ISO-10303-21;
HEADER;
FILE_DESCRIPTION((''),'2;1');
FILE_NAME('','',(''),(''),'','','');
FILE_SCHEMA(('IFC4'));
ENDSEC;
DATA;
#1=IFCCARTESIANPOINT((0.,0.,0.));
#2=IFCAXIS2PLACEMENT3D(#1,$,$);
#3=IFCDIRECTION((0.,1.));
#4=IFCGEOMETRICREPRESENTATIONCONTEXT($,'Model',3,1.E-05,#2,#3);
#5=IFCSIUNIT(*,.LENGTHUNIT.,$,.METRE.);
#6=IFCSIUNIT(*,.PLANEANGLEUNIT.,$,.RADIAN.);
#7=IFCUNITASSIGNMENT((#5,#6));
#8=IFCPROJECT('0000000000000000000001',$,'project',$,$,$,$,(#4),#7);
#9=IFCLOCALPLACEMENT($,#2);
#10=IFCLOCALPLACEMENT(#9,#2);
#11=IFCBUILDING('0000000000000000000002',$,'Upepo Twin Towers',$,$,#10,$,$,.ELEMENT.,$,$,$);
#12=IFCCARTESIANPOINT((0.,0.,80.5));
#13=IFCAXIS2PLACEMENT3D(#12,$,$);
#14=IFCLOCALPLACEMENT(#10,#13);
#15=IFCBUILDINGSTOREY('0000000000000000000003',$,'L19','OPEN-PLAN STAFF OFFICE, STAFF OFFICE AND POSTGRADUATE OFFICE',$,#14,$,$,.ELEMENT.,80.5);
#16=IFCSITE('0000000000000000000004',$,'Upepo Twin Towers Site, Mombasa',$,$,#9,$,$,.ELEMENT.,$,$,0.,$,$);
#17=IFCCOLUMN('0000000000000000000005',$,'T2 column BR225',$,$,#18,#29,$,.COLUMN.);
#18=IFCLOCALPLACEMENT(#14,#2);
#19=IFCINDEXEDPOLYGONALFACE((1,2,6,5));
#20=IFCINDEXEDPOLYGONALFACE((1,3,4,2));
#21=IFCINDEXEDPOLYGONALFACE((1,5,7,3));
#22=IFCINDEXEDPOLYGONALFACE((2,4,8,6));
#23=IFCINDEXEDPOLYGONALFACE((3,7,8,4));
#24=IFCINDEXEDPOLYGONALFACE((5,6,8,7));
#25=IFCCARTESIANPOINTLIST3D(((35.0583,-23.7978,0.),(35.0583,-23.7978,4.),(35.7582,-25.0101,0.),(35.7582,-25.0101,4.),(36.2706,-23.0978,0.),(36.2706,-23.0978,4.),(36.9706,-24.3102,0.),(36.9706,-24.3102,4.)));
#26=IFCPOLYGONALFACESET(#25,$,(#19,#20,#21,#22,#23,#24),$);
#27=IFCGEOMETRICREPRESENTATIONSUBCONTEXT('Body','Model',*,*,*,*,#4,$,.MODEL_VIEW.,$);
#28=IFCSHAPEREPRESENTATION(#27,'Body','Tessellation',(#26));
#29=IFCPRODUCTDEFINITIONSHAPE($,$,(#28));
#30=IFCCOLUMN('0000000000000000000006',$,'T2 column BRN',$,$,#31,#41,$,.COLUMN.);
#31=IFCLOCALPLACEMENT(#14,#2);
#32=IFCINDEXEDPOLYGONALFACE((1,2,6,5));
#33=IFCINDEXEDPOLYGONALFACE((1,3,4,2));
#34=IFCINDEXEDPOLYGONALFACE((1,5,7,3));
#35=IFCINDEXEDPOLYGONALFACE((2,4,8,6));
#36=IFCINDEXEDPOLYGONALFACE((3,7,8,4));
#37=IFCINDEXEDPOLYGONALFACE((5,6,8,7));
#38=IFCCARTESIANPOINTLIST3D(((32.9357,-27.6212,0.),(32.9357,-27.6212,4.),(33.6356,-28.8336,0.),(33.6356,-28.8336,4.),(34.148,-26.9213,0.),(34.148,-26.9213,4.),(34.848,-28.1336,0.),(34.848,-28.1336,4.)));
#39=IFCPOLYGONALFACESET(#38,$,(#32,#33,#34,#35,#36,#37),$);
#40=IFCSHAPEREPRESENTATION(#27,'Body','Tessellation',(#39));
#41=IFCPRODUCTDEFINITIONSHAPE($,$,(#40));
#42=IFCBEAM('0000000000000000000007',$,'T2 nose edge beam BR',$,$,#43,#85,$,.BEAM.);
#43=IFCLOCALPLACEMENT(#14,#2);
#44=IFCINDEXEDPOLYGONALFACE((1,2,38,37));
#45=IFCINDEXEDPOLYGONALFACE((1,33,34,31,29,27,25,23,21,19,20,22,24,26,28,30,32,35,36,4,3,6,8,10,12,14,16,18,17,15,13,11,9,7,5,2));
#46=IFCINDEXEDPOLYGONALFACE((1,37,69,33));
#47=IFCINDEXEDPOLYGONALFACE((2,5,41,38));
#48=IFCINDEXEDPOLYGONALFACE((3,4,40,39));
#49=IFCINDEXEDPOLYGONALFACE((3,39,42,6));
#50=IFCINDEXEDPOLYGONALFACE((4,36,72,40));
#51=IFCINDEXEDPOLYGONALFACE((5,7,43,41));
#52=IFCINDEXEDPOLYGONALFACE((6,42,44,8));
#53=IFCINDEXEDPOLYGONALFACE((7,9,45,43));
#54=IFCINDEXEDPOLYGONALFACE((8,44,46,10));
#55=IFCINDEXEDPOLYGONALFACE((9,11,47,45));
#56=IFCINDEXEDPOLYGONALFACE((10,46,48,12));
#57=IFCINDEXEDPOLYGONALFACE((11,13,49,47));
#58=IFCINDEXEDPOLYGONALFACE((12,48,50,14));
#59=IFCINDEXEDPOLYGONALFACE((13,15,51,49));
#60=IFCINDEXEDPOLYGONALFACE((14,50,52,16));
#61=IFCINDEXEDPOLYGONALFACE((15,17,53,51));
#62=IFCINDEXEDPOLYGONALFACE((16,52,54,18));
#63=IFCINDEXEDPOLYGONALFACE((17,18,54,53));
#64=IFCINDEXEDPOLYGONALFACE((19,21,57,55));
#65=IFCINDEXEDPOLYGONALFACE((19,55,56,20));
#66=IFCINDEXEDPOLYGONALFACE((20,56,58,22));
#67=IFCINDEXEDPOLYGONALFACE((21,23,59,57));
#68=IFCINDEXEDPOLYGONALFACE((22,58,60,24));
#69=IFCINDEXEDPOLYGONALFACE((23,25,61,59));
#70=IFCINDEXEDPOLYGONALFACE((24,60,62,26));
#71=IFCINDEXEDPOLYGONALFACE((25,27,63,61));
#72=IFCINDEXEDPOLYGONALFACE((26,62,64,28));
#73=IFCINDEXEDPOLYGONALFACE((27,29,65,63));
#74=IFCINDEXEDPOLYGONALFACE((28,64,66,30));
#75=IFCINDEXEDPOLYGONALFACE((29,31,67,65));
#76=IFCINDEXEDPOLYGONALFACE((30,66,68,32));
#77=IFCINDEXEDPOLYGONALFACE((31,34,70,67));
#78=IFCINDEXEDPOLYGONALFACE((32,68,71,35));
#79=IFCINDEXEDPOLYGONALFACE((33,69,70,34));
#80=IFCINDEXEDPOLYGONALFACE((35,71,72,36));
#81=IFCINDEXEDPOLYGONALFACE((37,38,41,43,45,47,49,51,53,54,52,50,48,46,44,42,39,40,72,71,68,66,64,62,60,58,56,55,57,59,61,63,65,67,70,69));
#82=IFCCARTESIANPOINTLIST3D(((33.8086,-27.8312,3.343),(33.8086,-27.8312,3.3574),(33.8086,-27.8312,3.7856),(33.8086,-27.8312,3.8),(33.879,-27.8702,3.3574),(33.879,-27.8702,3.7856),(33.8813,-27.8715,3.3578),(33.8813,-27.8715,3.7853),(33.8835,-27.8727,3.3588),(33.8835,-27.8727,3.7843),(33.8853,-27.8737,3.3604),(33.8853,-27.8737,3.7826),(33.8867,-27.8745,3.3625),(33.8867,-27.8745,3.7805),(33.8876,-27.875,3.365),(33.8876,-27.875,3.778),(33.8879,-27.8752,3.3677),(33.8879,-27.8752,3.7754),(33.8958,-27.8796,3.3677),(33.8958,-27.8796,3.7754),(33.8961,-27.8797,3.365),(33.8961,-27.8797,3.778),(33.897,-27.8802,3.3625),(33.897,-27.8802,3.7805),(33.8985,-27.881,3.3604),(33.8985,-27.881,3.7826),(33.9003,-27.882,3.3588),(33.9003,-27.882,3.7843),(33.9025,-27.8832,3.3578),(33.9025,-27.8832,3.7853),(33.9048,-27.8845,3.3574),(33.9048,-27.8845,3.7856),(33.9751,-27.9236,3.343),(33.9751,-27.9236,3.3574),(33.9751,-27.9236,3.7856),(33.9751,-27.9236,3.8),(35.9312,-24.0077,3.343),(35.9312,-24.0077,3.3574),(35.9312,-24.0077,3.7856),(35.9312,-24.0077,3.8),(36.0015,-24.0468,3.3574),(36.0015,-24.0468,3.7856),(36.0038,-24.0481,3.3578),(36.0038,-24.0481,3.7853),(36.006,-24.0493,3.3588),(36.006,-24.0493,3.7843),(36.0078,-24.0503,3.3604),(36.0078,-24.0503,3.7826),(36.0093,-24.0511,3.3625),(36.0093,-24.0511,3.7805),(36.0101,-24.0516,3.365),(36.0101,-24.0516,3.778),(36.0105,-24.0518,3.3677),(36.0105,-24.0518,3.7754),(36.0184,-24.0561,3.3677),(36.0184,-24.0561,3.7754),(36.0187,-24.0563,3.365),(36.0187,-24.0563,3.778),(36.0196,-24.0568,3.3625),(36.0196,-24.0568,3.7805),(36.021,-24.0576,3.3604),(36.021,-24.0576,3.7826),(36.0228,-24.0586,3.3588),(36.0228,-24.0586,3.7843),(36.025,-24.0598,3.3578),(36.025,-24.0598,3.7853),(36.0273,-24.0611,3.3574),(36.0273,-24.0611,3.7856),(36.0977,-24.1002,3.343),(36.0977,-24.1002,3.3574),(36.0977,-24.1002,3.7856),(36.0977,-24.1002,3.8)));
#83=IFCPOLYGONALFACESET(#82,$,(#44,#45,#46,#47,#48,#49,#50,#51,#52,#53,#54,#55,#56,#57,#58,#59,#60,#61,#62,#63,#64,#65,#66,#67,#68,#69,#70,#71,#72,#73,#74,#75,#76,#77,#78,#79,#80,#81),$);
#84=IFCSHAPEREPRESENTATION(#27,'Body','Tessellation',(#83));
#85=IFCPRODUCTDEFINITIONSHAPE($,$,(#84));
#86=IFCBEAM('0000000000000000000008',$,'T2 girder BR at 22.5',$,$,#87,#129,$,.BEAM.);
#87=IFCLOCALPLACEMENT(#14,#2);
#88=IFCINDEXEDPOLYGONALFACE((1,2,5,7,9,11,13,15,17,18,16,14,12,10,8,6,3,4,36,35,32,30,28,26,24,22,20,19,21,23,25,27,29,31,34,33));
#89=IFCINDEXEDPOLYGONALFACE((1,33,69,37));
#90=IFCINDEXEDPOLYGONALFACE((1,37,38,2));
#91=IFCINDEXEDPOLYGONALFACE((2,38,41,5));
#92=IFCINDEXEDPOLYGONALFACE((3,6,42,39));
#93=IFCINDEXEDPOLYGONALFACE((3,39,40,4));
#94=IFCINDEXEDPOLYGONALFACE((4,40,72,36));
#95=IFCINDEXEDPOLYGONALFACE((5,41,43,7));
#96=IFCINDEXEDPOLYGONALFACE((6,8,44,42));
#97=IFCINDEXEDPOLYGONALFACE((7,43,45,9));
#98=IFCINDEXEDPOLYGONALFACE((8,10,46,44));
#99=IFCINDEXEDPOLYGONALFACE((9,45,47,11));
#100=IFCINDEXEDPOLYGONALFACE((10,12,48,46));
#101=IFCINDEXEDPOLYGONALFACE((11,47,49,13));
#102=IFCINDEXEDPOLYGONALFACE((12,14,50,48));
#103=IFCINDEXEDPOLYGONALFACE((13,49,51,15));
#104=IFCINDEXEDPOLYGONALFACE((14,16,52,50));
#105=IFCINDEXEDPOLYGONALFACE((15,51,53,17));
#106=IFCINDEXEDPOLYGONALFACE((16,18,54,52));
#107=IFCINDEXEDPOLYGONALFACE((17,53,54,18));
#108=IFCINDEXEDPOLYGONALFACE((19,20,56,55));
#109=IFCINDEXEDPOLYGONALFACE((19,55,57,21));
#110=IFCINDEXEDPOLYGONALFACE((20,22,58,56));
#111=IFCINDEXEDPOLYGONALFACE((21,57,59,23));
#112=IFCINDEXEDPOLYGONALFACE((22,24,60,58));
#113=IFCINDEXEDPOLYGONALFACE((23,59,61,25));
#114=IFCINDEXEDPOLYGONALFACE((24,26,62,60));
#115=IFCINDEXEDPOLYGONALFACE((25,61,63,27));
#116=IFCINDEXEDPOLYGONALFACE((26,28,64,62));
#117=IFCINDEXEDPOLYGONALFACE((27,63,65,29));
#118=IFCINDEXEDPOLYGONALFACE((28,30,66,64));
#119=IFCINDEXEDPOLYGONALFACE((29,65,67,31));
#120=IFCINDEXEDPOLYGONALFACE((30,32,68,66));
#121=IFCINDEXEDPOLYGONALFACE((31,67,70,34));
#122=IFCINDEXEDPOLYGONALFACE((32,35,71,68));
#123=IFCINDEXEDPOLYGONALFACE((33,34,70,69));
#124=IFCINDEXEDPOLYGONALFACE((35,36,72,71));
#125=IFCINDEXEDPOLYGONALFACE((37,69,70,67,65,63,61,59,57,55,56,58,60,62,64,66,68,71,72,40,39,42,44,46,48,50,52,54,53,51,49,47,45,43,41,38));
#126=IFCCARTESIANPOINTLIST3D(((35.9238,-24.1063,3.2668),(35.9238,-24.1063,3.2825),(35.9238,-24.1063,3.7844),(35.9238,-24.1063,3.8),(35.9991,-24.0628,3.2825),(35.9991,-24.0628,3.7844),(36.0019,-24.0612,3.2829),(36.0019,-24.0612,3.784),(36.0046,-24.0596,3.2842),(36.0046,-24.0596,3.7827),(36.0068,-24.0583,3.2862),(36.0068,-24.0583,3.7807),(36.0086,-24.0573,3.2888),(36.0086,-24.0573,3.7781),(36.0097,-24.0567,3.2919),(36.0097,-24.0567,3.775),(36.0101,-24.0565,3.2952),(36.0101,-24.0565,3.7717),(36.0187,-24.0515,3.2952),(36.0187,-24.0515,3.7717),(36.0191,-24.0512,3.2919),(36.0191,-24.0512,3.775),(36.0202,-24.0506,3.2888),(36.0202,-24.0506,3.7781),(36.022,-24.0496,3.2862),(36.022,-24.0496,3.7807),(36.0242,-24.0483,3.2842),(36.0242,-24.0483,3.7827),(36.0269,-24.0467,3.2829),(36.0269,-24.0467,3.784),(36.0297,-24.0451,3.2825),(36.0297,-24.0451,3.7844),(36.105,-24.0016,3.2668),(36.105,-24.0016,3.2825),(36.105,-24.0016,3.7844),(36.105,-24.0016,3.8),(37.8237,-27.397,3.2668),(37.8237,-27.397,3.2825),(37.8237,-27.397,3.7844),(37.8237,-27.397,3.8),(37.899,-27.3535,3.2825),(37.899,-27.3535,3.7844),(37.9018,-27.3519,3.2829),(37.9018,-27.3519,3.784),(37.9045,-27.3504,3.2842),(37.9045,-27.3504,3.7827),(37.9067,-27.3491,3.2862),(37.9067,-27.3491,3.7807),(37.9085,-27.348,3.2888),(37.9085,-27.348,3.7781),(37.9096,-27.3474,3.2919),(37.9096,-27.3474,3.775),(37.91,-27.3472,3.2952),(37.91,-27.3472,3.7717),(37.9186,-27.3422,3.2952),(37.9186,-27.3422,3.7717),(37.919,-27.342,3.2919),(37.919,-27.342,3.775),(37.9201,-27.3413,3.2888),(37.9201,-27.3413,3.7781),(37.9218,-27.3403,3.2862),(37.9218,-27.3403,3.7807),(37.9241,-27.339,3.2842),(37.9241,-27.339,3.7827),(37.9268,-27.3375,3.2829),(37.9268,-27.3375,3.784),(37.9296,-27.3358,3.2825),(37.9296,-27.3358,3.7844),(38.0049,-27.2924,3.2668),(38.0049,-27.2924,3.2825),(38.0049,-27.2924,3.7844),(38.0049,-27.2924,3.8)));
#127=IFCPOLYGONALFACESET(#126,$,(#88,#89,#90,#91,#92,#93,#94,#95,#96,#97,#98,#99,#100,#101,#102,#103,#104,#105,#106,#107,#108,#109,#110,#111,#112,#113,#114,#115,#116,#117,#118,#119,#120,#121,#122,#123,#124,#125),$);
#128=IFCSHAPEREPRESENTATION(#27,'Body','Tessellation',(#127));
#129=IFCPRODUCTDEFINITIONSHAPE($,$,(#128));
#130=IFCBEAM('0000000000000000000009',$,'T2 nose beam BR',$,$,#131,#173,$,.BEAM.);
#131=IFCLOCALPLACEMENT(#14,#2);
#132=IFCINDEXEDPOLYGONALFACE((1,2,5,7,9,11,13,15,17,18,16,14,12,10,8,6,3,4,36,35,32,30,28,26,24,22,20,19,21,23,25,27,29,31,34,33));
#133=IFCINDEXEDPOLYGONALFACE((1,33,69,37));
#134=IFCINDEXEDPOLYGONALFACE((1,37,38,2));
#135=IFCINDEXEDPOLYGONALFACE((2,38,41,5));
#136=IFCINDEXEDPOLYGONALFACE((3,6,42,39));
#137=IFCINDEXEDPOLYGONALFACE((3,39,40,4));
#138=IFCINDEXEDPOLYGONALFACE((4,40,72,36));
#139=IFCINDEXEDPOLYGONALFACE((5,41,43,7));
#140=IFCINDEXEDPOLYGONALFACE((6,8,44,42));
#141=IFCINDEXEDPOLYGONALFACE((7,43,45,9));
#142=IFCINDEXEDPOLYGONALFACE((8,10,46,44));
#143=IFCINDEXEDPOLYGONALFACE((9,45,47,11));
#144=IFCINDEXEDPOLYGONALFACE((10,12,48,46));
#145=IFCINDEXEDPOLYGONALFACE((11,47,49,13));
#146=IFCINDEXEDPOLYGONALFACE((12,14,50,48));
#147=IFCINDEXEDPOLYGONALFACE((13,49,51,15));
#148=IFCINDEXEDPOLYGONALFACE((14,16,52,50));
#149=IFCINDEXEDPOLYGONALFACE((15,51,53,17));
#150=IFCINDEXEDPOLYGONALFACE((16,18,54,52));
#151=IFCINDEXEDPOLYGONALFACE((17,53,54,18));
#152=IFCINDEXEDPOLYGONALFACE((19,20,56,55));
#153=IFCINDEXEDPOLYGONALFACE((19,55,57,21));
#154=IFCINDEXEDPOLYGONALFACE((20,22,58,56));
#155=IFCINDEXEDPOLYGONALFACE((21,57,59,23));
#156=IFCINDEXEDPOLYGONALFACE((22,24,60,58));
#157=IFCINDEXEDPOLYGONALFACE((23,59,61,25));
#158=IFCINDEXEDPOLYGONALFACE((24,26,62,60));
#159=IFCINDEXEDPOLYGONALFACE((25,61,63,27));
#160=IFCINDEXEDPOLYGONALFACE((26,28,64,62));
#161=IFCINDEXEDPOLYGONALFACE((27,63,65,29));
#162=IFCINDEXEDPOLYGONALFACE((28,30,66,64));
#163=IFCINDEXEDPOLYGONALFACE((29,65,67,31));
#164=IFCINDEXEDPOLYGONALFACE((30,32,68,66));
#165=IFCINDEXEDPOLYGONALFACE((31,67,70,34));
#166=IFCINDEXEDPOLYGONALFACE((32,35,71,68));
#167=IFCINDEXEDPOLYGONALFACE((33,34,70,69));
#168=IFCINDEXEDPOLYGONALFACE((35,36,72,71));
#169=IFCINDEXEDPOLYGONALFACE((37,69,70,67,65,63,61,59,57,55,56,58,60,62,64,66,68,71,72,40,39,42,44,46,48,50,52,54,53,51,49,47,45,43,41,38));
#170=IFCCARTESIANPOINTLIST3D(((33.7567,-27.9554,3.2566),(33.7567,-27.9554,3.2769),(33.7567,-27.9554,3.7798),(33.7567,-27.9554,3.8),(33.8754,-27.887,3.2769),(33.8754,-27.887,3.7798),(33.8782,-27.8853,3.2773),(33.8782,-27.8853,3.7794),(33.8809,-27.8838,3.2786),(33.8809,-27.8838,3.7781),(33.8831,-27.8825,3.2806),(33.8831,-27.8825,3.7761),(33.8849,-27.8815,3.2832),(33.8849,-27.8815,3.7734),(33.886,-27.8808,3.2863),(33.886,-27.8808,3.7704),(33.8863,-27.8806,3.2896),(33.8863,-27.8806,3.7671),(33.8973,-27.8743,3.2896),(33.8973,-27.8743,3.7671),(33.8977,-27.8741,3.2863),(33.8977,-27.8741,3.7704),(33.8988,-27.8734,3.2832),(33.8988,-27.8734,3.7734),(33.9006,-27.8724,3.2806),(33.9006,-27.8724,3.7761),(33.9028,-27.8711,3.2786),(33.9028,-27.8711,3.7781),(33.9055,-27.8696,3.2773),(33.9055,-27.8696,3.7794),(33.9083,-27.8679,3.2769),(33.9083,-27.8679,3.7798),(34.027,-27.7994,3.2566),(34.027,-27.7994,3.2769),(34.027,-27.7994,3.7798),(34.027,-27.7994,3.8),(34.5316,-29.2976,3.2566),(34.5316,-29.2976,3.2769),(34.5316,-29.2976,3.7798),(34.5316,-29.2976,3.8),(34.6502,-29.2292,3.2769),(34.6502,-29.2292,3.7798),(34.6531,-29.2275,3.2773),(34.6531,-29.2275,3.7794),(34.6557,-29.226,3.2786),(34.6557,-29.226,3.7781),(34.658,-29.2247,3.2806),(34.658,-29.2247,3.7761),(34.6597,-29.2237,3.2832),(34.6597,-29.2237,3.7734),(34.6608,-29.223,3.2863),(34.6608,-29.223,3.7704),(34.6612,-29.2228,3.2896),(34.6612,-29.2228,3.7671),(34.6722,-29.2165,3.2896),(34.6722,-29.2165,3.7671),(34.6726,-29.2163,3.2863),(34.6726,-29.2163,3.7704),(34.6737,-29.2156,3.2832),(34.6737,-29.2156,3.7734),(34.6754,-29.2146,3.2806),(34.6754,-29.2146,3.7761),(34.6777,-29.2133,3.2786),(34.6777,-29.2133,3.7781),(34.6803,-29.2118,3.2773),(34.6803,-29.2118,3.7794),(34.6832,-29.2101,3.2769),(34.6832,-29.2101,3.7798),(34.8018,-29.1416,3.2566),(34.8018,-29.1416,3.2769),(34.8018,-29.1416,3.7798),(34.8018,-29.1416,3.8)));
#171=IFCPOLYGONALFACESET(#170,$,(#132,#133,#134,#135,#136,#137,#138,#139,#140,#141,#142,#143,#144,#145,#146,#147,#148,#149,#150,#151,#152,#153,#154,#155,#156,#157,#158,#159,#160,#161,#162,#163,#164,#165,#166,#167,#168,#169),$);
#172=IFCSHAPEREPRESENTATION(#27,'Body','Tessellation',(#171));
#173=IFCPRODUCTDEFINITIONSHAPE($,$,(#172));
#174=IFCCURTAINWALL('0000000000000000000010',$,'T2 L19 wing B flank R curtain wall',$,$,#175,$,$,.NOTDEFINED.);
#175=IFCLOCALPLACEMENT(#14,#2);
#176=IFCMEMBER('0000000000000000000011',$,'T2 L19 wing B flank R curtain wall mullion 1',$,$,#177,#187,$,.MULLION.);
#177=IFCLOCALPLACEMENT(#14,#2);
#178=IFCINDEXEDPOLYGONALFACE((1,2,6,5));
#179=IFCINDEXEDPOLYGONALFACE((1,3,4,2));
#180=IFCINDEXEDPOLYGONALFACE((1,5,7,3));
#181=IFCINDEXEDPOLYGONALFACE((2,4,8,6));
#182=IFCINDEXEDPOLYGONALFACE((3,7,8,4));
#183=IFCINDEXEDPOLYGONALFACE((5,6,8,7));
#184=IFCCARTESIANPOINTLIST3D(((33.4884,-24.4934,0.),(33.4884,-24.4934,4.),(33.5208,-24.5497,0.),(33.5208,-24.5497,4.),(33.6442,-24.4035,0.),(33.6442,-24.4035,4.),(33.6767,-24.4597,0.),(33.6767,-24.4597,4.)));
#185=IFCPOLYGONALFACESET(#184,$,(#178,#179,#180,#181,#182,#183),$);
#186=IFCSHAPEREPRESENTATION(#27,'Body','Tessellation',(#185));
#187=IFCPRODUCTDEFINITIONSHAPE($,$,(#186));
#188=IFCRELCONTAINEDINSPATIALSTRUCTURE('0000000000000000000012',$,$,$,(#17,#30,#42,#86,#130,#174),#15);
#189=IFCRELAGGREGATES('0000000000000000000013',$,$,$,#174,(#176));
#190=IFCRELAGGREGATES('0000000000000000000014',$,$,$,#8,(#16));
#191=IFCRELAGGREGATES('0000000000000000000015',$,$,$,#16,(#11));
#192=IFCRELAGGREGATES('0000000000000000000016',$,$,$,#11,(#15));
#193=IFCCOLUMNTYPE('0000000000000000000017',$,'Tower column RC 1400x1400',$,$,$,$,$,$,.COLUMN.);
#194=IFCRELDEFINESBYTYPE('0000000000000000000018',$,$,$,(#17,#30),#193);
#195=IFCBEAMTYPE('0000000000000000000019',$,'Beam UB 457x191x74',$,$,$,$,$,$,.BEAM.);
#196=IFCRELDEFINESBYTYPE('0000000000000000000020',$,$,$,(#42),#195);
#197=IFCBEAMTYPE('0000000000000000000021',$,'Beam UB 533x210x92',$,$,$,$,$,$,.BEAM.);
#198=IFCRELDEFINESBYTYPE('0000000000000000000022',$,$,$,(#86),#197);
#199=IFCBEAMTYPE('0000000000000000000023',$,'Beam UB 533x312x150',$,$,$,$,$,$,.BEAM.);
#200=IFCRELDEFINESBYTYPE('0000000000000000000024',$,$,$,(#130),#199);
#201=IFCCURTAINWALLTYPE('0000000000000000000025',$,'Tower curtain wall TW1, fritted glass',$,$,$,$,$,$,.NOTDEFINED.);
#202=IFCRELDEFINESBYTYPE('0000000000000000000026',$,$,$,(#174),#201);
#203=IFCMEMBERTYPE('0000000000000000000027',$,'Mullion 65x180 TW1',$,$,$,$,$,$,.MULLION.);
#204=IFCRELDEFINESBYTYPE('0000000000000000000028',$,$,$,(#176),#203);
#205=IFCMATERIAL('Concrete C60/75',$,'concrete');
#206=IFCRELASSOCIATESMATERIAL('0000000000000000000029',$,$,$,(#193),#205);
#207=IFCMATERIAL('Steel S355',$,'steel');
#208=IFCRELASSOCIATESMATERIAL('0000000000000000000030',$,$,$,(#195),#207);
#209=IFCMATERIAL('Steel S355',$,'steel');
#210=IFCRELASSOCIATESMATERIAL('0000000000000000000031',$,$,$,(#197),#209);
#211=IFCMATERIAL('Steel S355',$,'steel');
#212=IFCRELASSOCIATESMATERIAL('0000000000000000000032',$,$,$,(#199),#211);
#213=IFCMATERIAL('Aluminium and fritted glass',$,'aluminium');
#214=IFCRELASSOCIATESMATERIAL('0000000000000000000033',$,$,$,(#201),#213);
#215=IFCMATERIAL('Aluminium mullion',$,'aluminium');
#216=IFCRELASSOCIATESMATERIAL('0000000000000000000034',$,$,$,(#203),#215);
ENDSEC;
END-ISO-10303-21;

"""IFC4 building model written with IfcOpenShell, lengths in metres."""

from ifc_helpers import new_model, si_unit, direction, frame, origin, origin_2d, place, context, subcontext, project, spatial, rectangle, i_section, extrude, material, material_profile, profile_set, type_object, element, aggregate, save


model = new_model("IFC4")

# Units and contexts
model_context = context("Model", 3, precision=1e-05, world=origin(), true_north=direction((0.0, 1.0)))
body_context = subcontext(model_context, "Body", "Model", "MODEL_VIEW")
ifc_project = project(units=[si_unit("LENGTHUNIT", "METRE"), si_unit("PLANEANGLEUNIT", "RADIAN")], contexts=[model_context])

# Site, building, storey
site_placement = place(None, origin())
site = spatial("IfcSite", under=ifc_project, at=site_placement, Name="Upepo Twin Towers Site, Mombasa", CompositionType="ELEMENT", RefElevation=0.0)
building_placement = place(site_placement, origin())
building = spatial("IfcBuilding", under=site, at=building_placement, Name="Upepo Twin Towers", CompositionType="ELEMENT")
storey_placement = place(building_placement, frame((0.0, 0.0, 80.5)))
storey = spatial("IfcBuildingStorey", under=building, at=storey_placement, Name="L19", Description="OPEN-PLAN STAFF OFFICE, STAFF OFFICE AND POSTGRADUATE OFFICE", CompositionType="ELEMENT", Elevation=80.5)

# Columns
ifc_material_1 = material(Name="Concrete C60/75", Category="concrete")
ifc_material_profile_1 = material_profile(ifc_material_1, rectangle(XDim=1.3999, YDim=1.3999, at=origin_2d()), Name="RC 1400x1400")
ifc_profile_set_1 = profile_set([ifc_material_profile_1], Name="Concrete C60/75")
column_type = type_object("IfcColumnType", Name="Tower column RC 1400x1400", PredefinedType="COLUMN", material=ifc_profile_set_1)
for number, where, z_axis, x_axis, name in (
    (1, (36.0144, -24.054, 0.0), (0.0, 0.0, 1.0), (0.866025, 0.5, 0.0), "T2 column BR225"),
    (2, (33.8918, -27.8774, 0.0), (0.0, 0.0, 1.0), (0.866025, 0.5, 0.0), "T2 column BRN"),
):
    element("IfcColumn", number, at=place(storey_placement, frame(where, z_axis=z_axis, x_axis=x_axis)), inside=storey, type_object=column_type, Name=name, PredefinedType="COLUMN", context=body_context, shape_type="SweptSolid", body=[
        extrude(rectangle(XDim=1.3999, YDim=1.3999, at=origin_2d()), origin(), (0.0, 0.0, 1.0), 4.0),
    ])

# Beams
ifc_material_2 = material(Name="Steel S355", Category="steel")
ifc_material_profile_2 = material_profile(ifc_material_2, i_section(OverallWidth=0.1904, OverallDepth=0.457, WebThickness=0.009, FlangeThickness=0.0144, FilletRadius=0.0103, at=origin_2d()), Name="UB 457x191x74")
ifc_profile_set_2 = profile_set([ifc_material_profile_2], Name="Steel S355")
beam_type_1 = type_object("IfcBeamType", Name="Beam UB 457x191x74", PredefinedType="BEAM", material=ifc_profile_set_2)
beam_1_placement = place(storey_placement, frame((36.0144, -24.054, 3.5715), z_axis=(-0.485363, -0.874313, 0.0), x_axis=(0.874313, -0.485363, 0.0)))
element("IfcBeam", 3, at=beam_1_placement, inside=storey, type_object=beam_type_1, Name="T2 nose edge beam BR", PredefinedType="BEAM", context=body_context, shape_type="SweptSolid", body=[
    extrude(i_section(OverallWidth=0.1904, OverallDepth=0.457, WebThickness=0.009, FlangeThickness=0.0144, FilletRadius=0.0103, at=origin_2d()), origin(), (0.0, 0.0, 1.0), 4.373),
])
ifc_material_3 = material(Name="Steel S355", Category="steel")
ifc_material_profile_3 = material_profile(ifc_material_3, i_section(OverallWidth=0.2092, OverallDepth=0.5332, WebThickness=0.01, FlangeThickness=0.0156, FilletRadius=0.0127, at=origin_2d()), Name="UB 533x210x92")
ifc_profile_set_3 = profile_set([ifc_material_profile_3], Name="Steel S355")
beam_type_2 = type_object("IfcBeamType", Name="Beam UB 533x210x92", PredefinedType="BEAM", material=ifc_profile_set_3)
beam_2_placement = place(storey_placement, frame((36.0144, -24.054, 3.5334), z_axis=(0.499995, -0.866028, 0.0), x_axis=(0.866028, 0.499995, 0.0)))
element("IfcBeam", 4, at=beam_2_placement, inside=storey, type_object=beam_type_2, Name="T2 girder BR at 22.5", PredefinedType="BEAM", context=body_context, shape_type="SweptSolid", body=[
    extrude(i_section(OverallWidth=0.2092, OverallDepth=0.5332, WebThickness=0.01, FlangeThickness=0.0156, FilletRadius=0.0127, at=origin_2d()), origin(), (0.0, 0.0, 1.0), 3.7998),
])
ifc_material_4 = material(Name="Steel S355", Category="steel")
ifc_material_profile_4 = material_profile(ifc_material_4, i_section(OverallWidth=0.312, OverallDepth=0.5435, WebThickness=0.0127, FlangeThickness=0.0203, FilletRadius=0.0127, at=origin_2d()), Name="UB 533x312x150")
ifc_profile_set_4 = profile_set([ifc_material_profile_4], Name="Steel S355")
beam_type_3 = type_object("IfcBeamType", Name="Beam UB 533x312x150", PredefinedType="BEAM", material=ifc_profile_set_4)
beam_3_placement = place(storey_placement, frame((33.8918, -27.8774, 3.5283), z_axis=(0.499968, -0.866044, 0.0), x_axis=(0.866044, 0.499968, 0.0)))
element("IfcBeam", 5, at=beam_3_placement, inside=storey, type_object=beam_type_3, Name="T2 nose beam BR", PredefinedType="BEAM", context=body_context, shape_type="SweptSolid", body=[
    extrude(i_section(OverallWidth=0.312, OverallDepth=0.5435, WebThickness=0.0127, FlangeThickness=0.0203, FilletRadius=0.0127, at=origin_2d()), origin(), (0.0, 0.0, 1.0), 1.5498),
])

# Curtain wall, member
ifc_material_5 = material(Name="Aluminium and fritted glass", Category="aluminium")
curtain_wall_type = type_object("IfcCurtainWallType", Name="Tower curtain wall TW1, fritted glass", PredefinedType="NOTDEFINED", material=ifc_material_5)
curtain_wall_1_placement = place(storey_placement, origin())
curtain_wall_1 = element("IfcCurtainWall", 6, at=curtain_wall_1_placement, inside=storey, type_object=curtain_wall_type, Name="T2 L19 wing B flank R curtain wall", PredefinedType="NOTDEFINED")
ifc_material_6 = material(Name="Aluminium mullion", Category="aluminium")
ifc_material_profile_5 = material_profile(ifc_material_6, rectangle(XDim=0.0649, YDim=0.1799, at=origin_2d()), Name="MULLION 65x180")
ifc_profile_set_5 = profile_set([ifc_material_profile_5], Name="Aluminium mullion")
member_type_1 = type_object("IfcMemberType", Name="Mullion 65x180 TW1", PredefinedType="MULLION", material=ifc_profile_set_5)
member_1_placement = place(storey_placement, frame((33.5825, -24.4766, 0.0), z_axis=(0.0, 0.0, 1.0), x_axis=(-0.5, 0.866025, 0.0)))
member_1 = element("IfcMember", 7, at=member_1_placement, type_object=member_type_1, Name="T2 L19 wing B flank R curtain wall mullion 1", PredefinedType="MULLION", context=body_context, shape_type="SweptSolid", body=[
    extrude(rectangle(XDim=0.0649, YDim=0.1799, at=origin_2d()), origin(), (0.0, 0.0, 1.0), 4.0),
])

aggregate(curtain_wall_1, [member_1])

save(model, "model.ifc")
